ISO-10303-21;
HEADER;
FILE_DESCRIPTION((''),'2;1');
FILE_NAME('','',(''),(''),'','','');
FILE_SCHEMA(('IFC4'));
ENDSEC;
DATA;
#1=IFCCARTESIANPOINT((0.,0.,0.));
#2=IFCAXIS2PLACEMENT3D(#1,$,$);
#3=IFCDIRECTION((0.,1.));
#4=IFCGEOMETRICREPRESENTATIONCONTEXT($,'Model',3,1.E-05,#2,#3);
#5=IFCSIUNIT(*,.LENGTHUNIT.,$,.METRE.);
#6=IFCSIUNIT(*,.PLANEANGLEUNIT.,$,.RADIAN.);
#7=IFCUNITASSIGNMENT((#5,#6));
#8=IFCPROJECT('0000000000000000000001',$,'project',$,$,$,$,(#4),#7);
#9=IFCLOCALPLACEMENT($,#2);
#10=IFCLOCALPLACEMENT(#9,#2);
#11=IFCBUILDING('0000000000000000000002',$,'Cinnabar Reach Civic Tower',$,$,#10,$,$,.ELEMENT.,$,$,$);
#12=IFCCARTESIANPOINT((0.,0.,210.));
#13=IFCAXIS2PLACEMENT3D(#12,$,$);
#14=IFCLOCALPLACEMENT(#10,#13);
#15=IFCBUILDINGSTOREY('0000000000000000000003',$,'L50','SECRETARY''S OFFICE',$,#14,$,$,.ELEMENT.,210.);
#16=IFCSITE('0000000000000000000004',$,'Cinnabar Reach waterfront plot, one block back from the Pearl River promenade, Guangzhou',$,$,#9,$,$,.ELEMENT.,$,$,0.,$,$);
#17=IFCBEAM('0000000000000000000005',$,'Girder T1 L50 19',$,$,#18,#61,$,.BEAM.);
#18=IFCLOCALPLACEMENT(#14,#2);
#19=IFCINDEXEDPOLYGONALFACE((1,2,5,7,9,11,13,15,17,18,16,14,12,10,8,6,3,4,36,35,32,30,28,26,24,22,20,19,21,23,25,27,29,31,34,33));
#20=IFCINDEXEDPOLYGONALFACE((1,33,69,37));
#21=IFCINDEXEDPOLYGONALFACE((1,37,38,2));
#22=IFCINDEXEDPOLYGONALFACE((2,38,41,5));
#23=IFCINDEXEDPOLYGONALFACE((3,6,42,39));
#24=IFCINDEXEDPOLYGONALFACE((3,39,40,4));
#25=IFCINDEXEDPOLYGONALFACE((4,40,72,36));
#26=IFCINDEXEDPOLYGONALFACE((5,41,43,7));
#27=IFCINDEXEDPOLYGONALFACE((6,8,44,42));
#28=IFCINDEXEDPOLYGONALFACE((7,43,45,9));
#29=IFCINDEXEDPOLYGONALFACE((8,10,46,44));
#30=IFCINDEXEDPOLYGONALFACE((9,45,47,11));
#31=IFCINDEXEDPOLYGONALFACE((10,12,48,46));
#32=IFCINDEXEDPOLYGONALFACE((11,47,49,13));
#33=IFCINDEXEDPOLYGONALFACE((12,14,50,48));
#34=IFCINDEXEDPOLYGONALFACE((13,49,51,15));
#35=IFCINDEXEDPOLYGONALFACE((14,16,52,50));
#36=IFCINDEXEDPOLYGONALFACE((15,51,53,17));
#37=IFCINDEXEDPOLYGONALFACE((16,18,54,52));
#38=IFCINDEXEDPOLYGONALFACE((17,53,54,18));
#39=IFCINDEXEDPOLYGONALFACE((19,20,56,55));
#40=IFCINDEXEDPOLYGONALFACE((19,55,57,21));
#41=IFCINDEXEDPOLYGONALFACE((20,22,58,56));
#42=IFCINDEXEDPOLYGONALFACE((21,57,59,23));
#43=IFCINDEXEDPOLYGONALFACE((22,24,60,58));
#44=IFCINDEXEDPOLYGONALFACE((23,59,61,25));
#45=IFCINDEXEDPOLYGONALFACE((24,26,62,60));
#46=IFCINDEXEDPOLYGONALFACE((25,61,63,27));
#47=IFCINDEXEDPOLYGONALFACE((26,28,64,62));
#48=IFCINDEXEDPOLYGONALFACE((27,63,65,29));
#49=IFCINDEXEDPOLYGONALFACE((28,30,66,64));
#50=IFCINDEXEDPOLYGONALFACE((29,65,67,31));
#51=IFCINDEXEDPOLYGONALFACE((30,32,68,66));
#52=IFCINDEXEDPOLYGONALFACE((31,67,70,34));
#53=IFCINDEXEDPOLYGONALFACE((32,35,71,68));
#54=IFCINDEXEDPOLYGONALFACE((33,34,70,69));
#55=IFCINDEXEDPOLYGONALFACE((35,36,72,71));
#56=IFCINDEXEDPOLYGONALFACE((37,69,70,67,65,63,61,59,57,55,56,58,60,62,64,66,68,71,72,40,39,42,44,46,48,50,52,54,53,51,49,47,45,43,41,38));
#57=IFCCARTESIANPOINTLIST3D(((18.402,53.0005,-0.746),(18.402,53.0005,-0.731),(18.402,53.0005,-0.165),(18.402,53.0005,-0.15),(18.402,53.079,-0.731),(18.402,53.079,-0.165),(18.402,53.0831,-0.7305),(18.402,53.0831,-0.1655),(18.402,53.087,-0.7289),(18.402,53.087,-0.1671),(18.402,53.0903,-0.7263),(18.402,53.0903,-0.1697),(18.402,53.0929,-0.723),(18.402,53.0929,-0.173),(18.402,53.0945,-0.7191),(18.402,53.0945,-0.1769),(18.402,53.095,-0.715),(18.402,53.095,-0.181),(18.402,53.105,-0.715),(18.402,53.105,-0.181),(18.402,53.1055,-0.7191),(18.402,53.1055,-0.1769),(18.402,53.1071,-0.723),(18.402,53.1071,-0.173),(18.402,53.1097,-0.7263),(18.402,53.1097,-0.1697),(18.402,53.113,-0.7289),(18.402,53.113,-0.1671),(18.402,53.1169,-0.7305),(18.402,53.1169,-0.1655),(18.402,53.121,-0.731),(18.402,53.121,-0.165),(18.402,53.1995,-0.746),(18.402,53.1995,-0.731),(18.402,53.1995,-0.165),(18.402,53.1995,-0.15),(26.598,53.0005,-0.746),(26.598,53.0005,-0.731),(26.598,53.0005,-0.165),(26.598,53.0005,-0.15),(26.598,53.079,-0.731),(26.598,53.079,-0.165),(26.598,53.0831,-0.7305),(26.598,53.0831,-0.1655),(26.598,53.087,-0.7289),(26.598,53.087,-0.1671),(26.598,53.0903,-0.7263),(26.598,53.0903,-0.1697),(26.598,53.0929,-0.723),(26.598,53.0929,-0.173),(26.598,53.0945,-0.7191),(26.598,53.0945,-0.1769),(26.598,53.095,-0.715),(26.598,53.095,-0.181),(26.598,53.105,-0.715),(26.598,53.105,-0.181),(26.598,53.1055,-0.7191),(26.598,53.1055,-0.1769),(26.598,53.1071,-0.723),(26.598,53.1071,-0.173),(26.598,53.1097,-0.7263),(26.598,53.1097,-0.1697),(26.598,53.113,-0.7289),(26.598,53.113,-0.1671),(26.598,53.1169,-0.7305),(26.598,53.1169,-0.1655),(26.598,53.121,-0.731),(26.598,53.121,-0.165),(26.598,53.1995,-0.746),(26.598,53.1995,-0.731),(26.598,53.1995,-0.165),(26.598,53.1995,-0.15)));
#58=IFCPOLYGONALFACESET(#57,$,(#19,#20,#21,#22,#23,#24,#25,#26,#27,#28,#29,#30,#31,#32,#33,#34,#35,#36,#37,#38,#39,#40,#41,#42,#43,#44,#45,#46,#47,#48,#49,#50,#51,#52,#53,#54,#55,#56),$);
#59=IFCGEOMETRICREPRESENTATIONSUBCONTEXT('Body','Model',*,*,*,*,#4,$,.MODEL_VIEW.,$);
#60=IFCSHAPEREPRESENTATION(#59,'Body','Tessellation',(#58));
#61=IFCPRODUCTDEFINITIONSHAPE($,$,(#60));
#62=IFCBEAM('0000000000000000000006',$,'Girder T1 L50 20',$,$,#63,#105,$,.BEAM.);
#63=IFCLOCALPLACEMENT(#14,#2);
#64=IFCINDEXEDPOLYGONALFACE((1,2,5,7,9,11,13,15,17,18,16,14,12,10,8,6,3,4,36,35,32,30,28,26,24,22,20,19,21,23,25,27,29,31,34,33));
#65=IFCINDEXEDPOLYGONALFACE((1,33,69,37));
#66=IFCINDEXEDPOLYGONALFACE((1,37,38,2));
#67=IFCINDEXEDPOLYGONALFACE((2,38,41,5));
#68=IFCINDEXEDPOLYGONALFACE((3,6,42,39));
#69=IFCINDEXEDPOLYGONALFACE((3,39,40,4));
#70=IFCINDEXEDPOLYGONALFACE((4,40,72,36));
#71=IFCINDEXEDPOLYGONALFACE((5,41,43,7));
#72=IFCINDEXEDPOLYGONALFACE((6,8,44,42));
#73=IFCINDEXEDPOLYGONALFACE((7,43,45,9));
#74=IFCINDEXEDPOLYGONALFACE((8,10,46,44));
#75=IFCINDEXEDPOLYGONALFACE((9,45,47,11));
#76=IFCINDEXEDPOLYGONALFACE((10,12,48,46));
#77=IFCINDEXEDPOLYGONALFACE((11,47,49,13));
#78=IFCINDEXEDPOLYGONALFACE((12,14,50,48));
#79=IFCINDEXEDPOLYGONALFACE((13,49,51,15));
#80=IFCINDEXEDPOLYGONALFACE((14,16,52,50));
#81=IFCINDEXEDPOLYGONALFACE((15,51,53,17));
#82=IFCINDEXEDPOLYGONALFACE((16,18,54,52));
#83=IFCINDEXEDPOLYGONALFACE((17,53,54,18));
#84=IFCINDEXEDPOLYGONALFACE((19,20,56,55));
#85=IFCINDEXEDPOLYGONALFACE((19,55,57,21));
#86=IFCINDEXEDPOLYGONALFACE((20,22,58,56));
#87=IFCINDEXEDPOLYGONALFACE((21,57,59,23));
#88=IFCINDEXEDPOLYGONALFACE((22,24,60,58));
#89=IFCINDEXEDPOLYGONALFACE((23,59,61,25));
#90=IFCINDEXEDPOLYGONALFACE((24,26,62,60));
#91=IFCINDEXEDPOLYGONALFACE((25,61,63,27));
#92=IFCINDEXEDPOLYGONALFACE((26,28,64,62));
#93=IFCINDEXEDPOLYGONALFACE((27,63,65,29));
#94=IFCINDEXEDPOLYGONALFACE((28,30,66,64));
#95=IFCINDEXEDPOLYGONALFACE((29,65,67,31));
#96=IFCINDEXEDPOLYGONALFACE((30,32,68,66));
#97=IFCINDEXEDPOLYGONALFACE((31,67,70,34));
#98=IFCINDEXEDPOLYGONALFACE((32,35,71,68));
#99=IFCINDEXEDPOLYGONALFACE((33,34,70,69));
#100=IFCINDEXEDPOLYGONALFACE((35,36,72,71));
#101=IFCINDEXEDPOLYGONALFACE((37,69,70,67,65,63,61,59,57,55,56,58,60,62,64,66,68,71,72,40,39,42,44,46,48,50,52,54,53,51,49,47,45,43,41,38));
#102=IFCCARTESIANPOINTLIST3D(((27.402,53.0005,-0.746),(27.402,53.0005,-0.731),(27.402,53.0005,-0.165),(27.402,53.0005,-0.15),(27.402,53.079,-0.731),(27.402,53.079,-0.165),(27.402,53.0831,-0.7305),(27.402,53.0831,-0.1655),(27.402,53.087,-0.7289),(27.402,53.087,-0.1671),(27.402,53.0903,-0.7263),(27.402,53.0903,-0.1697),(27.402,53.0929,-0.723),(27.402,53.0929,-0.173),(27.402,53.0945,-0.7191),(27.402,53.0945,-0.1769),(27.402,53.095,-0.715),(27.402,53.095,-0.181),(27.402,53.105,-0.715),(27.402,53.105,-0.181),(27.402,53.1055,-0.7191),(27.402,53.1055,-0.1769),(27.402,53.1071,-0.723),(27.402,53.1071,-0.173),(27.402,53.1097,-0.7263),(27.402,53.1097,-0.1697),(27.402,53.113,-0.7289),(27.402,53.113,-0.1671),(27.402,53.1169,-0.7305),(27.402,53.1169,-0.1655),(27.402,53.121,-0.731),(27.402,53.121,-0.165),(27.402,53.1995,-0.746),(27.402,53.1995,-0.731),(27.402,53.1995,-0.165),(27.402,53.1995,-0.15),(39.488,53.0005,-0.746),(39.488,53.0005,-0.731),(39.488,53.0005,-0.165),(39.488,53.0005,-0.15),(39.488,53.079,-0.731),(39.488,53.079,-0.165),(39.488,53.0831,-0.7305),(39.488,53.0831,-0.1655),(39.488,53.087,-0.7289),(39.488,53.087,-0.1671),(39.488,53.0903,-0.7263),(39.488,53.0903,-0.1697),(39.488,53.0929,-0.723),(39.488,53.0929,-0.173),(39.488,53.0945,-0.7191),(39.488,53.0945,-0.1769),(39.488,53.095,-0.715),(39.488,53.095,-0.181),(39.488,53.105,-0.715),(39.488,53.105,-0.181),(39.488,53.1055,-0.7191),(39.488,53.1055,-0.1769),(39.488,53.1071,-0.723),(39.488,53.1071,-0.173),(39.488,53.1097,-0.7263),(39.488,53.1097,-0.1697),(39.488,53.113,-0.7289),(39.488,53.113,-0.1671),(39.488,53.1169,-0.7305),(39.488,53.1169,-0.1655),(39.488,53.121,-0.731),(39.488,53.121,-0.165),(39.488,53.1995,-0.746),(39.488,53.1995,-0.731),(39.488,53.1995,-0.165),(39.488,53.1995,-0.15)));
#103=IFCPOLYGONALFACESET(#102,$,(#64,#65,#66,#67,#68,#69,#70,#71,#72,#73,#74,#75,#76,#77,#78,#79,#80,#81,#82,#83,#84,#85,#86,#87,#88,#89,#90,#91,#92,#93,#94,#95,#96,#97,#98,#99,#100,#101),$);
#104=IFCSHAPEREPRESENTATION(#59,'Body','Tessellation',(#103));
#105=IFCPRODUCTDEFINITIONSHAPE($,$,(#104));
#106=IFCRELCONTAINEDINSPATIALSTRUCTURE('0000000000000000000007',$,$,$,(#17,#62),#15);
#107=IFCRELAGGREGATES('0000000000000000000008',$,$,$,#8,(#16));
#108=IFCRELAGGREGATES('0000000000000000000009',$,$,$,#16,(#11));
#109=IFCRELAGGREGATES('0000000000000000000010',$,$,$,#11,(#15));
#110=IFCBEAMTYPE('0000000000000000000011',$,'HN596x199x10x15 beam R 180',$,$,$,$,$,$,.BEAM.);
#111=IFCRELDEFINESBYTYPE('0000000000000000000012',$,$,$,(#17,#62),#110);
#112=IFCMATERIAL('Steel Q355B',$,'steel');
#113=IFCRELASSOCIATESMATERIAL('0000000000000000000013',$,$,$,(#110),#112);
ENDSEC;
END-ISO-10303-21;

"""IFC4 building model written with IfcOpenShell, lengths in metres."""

from ifc_helpers import new_model, si_unit, direction, frame, origin, origin_2d, place, context, subcontext, project, spatial, i_section, extrude, material, material_profile, profile_set, type_object, element, save


model = new_model("IFC4")

# Units and contexts
model_context = context("Model", 3, precision=1e-05, world=origin(), true_north=direction((0.0, 1.0)))
body_context = subcontext(model_context, "Body", "Model", "MODEL_VIEW")
ifc_project = project(units=[si_unit("LENGTHUNIT", "METRE"), si_unit("PLANEANGLEUNIT", "RADIAN")], contexts=[model_context])

# Site, building, storey
site_placement = place(None, origin())
site = spatial("IfcSite", under=ifc_project, at=site_placement, Name="Cinnabar Reach waterfront plot, one block back from the Pearl River promenade, Guangzhou", CompositionType="ELEMENT", RefElevation=0.0)
building_placement = place(site_placement, origin())
building = spatial("IfcBuilding", under=site, at=building_placement, Name="Cinnabar Reach Civic Tower", CompositionType="ELEMENT")
storey_placement = place(building_placement, frame((0.0, 0.0, 210.0)))
storey = spatial("IfcBuildingStorey", under=building, at=storey_placement, Name="L50", Description="SECRETARY'S OFFICE", CompositionType="ELEMENT", Elevation=210.0)

# Beams
ifc_material_1 = material(Name="Steel Q355B", Category="steel")
ifc_material_profile_1 = material_profile(ifc_material_1, i_section(OverallWidth=0.199, OverallDepth=0.596, WebThickness=0.01, FlangeThickness=0.015, FilletRadius=0.016, at=origin_2d()), Name="HN596x199x10x15")
ifc_profile_set_1 = profile_set([ifc_material_profile_1], Name="Steel Q355B")
beam_type_1 = type_object("IfcBeamType", Name="HN596x199x10x15 beam R 180", PredefinedType="BEAM", material=ifc_profile_set_1)
beam_1_placement = place(storey_placement, frame((18.402, 53.1, -0.448), z_axis=(1.0, 0.0, 0.0), x_axis=(0.0, 1.0, 0.0)))
element("IfcBeam", 1, at=beam_1_placement, inside=storey, type_object=beam_type_1, Name="Girder T1 L50 19", PredefinedType="BEAM", context=body_context, shape_type="SweptSolid", body=[
    extrude(i_section(OverallWidth=0.199, OverallDepth=0.596, WebThickness=0.01, FlangeThickness=0.015, FilletRadius=0.016, at=origin_2d()), origin(), (0.0, 0.0, 1.0), 8.196),
])
beam_2_placement = place(storey_placement, frame((27.402, 53.1, -0.448), z_axis=(1.0, 0.0, 0.0), x_axis=(0.0, 1.0, 0.0)))
element("IfcBeam", 2, at=beam_2_placement, inside=storey, type_object=beam_type_1, Name="Girder T1 L50 20", PredefinedType="BEAM", context=body_context, shape_type="SweptSolid", body=[
    extrude(i_section(OverallWidth=0.199, OverallDepth=0.596, WebThickness=0.01, FlangeThickness=0.015, FilletRadius=0.016, at=origin_2d()), origin(), (0.0, 0.0, 1.0), 12.086),
])

save(model, "model.ifc")
